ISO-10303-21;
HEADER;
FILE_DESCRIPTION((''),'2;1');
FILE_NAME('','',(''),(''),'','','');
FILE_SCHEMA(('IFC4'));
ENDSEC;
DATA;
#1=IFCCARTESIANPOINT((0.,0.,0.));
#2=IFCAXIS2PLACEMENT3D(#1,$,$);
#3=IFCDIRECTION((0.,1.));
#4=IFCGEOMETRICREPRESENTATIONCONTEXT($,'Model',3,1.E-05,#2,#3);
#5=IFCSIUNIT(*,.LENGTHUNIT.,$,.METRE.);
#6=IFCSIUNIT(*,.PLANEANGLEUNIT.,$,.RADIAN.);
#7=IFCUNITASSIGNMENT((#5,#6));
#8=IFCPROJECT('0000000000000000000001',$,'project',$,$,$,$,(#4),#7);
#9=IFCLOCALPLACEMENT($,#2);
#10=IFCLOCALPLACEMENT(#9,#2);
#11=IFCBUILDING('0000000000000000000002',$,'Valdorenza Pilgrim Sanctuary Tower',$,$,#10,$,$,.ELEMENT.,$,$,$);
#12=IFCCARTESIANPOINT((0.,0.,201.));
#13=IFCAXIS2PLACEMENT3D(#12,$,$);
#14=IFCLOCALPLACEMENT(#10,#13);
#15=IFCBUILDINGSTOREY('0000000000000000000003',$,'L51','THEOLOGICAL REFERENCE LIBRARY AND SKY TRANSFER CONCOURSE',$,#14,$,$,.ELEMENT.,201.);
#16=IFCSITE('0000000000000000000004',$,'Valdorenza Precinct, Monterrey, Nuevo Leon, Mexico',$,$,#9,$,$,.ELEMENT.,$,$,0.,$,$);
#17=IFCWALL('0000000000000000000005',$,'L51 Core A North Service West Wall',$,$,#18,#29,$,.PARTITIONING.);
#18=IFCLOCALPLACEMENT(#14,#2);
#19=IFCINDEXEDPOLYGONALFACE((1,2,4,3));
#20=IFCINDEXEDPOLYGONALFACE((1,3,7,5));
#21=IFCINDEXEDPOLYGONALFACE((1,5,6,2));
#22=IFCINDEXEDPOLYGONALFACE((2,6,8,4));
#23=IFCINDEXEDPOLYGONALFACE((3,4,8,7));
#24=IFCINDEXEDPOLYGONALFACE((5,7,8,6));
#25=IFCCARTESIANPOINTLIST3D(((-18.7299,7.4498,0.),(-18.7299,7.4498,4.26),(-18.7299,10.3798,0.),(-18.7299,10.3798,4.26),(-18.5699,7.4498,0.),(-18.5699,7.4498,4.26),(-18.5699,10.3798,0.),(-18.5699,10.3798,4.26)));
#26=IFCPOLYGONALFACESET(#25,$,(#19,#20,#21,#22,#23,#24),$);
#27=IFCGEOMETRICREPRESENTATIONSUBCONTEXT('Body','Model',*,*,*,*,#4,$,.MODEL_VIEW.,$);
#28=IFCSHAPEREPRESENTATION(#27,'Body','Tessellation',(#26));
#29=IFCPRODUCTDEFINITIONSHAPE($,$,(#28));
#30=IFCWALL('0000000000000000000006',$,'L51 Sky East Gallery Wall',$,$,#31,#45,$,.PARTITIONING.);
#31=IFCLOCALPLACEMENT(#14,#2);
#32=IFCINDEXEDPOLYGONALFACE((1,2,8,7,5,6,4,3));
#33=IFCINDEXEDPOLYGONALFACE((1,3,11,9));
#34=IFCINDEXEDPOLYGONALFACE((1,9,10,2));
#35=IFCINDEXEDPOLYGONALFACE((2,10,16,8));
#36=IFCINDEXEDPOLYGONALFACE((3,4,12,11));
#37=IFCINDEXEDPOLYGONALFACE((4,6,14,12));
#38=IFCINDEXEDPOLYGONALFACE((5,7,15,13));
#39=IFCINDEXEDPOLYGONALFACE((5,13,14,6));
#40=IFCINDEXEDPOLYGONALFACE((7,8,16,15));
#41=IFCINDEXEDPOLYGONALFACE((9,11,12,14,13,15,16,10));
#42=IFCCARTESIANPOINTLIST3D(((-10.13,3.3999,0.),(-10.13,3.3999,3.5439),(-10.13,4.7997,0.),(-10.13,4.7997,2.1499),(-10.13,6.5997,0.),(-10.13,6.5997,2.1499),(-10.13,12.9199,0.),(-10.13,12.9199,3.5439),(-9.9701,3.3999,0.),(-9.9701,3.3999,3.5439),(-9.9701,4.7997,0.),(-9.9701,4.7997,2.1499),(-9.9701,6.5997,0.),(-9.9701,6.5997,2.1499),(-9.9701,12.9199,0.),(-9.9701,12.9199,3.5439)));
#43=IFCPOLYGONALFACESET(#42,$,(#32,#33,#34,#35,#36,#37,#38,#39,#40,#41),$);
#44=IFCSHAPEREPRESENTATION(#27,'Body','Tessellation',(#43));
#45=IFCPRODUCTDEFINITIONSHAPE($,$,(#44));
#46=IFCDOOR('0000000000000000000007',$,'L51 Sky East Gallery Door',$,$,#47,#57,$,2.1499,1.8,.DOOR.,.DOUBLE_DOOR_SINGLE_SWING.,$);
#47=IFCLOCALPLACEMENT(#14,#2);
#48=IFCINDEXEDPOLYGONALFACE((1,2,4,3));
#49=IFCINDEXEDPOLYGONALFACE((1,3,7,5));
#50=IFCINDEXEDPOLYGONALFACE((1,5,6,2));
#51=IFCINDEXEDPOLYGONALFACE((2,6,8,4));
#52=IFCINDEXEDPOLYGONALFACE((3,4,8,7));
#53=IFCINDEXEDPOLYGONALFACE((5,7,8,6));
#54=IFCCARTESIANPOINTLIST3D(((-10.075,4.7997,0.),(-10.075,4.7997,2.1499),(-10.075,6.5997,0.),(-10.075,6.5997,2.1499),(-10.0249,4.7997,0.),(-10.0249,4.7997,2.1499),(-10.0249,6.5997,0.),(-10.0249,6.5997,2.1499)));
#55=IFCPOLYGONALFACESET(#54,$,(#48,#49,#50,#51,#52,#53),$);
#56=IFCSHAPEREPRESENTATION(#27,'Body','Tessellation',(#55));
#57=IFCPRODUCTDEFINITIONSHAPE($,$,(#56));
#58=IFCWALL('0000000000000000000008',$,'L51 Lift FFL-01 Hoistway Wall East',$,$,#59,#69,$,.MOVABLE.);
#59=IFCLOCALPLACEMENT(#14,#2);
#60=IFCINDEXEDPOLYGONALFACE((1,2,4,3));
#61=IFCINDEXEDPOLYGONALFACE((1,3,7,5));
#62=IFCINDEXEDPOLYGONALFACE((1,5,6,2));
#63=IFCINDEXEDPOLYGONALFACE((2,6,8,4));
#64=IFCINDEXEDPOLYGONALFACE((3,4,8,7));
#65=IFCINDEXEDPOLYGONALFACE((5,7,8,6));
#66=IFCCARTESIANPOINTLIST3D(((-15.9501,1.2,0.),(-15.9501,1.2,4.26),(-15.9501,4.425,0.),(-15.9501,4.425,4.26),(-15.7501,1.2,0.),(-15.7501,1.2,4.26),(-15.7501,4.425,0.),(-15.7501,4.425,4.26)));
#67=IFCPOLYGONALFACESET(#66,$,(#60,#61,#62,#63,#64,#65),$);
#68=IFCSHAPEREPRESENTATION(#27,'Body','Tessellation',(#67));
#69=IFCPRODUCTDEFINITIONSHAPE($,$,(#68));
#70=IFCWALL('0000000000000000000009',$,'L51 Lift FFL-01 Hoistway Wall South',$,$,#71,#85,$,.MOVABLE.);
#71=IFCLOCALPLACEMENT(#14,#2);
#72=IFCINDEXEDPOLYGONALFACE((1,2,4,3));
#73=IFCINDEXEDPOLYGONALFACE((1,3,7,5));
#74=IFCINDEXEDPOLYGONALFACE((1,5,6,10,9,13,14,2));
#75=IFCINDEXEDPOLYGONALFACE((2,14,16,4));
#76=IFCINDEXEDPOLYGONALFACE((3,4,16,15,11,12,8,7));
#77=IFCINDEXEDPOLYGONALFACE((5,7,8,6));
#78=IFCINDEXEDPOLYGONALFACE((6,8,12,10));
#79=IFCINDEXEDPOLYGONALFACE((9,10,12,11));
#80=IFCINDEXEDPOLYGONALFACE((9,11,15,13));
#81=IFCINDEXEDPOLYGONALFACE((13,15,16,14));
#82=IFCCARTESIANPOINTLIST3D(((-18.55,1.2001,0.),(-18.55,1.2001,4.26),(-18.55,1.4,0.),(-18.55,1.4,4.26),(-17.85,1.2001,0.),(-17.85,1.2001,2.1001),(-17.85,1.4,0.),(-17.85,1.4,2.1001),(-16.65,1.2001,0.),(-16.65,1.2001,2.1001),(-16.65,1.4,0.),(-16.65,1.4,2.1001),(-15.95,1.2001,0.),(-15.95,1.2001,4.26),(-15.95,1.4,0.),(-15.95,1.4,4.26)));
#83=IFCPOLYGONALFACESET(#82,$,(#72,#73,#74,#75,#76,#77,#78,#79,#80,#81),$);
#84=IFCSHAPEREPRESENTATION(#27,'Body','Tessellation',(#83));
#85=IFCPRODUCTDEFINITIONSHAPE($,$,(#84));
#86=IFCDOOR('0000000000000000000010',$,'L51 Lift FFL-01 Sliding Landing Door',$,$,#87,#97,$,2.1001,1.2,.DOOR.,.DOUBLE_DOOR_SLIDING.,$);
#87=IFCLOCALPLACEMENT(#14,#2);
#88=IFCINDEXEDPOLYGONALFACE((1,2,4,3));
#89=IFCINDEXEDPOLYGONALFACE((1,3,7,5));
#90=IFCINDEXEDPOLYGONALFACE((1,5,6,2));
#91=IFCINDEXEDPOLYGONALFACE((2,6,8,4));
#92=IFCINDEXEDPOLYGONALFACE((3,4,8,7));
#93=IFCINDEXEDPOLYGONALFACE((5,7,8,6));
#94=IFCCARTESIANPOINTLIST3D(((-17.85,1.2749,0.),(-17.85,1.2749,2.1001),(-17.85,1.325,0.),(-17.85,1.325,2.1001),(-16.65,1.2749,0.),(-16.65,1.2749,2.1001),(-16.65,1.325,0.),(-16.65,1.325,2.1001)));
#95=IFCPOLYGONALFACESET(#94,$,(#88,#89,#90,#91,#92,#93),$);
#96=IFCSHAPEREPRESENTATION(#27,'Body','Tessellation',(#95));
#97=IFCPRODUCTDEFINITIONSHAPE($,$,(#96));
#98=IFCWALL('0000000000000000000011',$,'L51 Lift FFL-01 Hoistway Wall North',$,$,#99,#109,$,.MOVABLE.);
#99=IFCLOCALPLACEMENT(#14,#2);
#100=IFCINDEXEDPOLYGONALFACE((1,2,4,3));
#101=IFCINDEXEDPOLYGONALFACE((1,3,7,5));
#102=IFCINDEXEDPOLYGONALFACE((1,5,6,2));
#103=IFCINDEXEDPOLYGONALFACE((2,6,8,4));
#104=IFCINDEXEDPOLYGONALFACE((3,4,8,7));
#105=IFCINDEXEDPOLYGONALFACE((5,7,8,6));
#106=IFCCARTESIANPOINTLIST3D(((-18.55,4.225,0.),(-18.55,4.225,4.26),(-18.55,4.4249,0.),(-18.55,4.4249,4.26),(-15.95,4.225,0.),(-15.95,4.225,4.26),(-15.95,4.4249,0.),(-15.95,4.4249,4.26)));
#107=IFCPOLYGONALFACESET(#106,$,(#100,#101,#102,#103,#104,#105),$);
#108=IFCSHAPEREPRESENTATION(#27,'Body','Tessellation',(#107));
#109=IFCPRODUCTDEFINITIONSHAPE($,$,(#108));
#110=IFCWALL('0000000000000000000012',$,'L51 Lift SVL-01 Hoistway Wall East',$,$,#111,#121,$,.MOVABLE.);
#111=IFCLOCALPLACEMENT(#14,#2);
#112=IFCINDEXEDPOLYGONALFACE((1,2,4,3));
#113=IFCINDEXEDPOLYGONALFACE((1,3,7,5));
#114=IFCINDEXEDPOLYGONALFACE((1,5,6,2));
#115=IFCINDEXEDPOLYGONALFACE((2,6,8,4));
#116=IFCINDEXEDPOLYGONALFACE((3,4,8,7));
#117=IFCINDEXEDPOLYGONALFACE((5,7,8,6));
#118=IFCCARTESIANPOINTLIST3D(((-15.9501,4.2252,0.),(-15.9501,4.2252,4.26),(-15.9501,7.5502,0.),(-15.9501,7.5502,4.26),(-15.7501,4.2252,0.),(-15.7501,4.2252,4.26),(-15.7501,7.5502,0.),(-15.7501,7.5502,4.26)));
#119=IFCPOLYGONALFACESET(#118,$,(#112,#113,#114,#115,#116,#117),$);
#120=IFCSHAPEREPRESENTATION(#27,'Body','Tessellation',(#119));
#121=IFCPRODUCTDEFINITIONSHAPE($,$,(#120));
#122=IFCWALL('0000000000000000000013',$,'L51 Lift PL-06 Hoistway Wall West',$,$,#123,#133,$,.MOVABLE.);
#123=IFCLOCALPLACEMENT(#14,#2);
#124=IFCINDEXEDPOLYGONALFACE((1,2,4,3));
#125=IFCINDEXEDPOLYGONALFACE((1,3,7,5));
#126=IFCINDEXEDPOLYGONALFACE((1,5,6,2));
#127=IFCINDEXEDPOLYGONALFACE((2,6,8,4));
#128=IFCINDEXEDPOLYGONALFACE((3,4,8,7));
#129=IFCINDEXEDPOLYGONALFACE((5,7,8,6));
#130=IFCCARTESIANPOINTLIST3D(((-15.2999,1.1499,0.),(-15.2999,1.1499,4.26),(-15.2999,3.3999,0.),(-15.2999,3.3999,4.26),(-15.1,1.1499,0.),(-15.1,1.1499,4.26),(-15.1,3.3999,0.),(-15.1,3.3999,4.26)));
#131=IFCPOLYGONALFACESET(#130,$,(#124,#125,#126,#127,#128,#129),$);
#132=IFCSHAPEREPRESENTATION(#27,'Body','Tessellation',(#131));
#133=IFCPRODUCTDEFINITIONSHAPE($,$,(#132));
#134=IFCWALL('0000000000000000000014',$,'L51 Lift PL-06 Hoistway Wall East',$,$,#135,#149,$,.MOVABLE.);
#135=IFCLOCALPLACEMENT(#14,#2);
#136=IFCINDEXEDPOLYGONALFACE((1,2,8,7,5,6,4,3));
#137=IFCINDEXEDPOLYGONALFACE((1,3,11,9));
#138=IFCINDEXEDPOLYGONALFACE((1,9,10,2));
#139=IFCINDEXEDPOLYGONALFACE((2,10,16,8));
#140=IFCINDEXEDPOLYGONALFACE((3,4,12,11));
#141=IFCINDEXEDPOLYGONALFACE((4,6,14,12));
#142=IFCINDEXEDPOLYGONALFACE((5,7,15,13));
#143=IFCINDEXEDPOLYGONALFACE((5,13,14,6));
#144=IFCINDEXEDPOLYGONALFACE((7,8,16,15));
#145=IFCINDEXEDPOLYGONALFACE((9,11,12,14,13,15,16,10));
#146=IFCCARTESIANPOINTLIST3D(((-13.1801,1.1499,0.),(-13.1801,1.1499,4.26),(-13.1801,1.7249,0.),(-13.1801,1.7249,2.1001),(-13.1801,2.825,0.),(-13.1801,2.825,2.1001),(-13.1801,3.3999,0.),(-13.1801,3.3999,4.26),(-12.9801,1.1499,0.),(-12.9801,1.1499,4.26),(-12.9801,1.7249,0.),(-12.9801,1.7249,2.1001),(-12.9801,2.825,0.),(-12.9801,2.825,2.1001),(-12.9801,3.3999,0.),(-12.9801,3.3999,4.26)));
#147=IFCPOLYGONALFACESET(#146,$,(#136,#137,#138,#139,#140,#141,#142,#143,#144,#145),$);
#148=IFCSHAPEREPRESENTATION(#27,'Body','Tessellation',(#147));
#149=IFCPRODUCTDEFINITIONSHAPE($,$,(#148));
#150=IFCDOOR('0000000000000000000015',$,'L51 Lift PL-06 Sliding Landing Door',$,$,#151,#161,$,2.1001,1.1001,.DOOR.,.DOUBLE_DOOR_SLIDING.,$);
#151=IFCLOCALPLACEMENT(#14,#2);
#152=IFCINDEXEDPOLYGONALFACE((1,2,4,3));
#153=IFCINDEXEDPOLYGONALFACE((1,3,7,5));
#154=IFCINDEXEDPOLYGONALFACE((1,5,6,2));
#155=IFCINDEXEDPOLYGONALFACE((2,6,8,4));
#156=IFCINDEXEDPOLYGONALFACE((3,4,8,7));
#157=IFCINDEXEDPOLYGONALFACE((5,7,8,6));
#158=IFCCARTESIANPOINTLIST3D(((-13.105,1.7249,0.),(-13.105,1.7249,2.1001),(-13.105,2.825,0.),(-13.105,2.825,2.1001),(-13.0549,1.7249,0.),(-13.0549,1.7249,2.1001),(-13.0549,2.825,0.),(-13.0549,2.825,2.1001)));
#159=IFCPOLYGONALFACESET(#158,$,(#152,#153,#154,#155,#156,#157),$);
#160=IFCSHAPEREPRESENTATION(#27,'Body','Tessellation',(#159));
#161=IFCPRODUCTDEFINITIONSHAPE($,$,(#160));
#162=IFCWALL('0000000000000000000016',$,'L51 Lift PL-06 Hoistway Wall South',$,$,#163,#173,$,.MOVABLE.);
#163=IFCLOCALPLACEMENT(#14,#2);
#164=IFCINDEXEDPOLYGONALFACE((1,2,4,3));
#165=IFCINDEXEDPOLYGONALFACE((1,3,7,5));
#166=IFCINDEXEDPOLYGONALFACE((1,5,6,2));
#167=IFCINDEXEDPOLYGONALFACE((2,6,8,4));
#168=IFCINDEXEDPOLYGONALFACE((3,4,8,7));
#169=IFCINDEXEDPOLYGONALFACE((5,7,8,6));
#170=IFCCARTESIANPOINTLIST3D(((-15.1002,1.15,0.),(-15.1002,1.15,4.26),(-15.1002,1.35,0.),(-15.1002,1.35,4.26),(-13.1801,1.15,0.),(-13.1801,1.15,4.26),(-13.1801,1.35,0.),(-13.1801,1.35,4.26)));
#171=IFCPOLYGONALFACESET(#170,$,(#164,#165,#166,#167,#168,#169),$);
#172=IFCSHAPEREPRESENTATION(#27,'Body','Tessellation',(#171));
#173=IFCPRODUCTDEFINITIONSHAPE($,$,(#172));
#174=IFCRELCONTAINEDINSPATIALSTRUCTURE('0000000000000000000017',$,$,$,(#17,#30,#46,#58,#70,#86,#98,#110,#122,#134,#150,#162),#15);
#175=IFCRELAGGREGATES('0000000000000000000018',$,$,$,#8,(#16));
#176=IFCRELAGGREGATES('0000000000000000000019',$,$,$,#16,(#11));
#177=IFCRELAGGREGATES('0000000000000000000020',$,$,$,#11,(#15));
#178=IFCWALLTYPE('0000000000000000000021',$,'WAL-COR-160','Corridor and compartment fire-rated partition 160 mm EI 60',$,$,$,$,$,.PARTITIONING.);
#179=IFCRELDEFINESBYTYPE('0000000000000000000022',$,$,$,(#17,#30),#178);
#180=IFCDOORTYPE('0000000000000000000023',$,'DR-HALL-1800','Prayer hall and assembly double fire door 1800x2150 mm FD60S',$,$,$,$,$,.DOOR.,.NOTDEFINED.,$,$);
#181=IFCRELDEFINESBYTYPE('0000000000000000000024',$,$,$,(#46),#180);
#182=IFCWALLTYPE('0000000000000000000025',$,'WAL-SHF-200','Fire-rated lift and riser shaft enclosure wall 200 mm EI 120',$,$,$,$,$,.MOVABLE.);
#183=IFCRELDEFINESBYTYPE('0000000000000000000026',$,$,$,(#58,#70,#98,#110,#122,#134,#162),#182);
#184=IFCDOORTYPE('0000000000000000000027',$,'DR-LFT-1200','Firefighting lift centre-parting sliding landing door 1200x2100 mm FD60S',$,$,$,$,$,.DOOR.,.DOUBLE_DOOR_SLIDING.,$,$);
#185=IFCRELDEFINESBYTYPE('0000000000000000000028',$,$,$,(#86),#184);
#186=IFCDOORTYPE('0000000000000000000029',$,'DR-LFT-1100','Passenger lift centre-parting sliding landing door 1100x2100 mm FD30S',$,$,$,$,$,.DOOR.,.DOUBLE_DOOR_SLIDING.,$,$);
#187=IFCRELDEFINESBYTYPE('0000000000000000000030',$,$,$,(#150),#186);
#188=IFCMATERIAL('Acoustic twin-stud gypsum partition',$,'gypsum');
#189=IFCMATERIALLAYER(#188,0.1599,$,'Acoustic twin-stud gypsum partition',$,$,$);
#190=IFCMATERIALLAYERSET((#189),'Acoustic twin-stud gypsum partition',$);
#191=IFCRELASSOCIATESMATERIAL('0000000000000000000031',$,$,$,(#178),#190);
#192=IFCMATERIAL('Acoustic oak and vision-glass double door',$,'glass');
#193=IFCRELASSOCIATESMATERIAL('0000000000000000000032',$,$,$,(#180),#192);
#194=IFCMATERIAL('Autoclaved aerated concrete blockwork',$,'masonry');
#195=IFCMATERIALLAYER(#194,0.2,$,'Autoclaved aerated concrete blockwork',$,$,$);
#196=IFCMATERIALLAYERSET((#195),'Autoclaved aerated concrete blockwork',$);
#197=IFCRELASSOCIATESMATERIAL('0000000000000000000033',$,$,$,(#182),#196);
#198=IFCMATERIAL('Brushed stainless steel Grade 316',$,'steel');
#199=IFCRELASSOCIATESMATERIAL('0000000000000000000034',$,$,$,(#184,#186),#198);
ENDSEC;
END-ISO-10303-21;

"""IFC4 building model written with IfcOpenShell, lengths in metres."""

from ifc_helpers import new_model, si_unit, direction, frame, frame_2d, origin, place, context, subcontext, project, spatial, rectangle, extrude, material, layer, layer_set, type_object, element, fill, save


model = new_model("IFC4")

# Units and contexts
model_context = context("Model", 3, precision=1e-05, world=origin(), true_north=direction((0.0, 1.0)))
body_context = subcontext(model_context, "Body", "Model", "MODEL_VIEW")
ifc_project = project(units=[si_unit("LENGTHUNIT", "METRE"), si_unit("PLANEANGLEUNIT", "RADIAN")], contexts=[model_context])

# Site, building, storey
site_placement = place(None, origin())
site = spatial("IfcSite", under=ifc_project, at=site_placement, Name="Valdorenza Precinct, Monterrey, Nuevo Leon, Mexico", CompositionType="ELEMENT", RefElevation=0.0)
building_placement = place(site_placement, origin())
building = spatial("IfcBuilding", under=site, at=building_placement, Name="Valdorenza Pilgrim Sanctuary Tower", CompositionType="ELEMENT")
storey_placement = place(building_placement, frame((0.0, 0.0, 201.0)))
storey = spatial("IfcBuildingStorey", under=building, at=storey_placement, Name="L51", Description="THEOLOGICAL REFERENCE LIBRARY AND SKY TRANSFER CONCOURSE", CompositionType="ELEMENT", Elevation=201.0)

# Wall
ifc_material_1 = material(Name="Acoustic twin-stud gypsum partition", Category="gypsum")
ifc_layer_1 = layer(ifc_material_1, 0.1599, Name="Acoustic twin-stud gypsum partition")
ifc_layer_set_1 = layer_set([ifc_layer_1], Name="Acoustic twin-stud gypsum partition")
wall_type_1 = type_object("IfcWallType", Name="WAL-COR-160", Description="Corridor and compartment fire-rated partition 160 mm EI 60", PredefinedType="PARTITIONING", material=ifc_layer_set_1)
wall_1_placement = place(storey_placement, frame((-18.6499, 7.45, 0.0), z_axis=(0.0, 0.0, 1.0), x_axis=(0.0, 1.0, 0.0)))
element("IfcWall", 1, at=wall_1_placement, inside=storey, type_object=wall_type_1, Name="L51 Core A North Service West Wall", PredefinedType="PARTITIONING", context=body_context, shape_type="SweptSolid", body=[
    extrude(rectangle(XDim=2.9299, YDim=0.1599, at=frame_2d((1.4648, 0.0))), origin(), (0.0, 0.0, 1.0), 4.26),
])

# Wall, opening, door
wall_2_placement = place(storey_placement, frame((-10.05, 3.3999, 0.0), z_axis=(0.0, 0.0, 1.0), x_axis=(0.0, 1.0, 0.0)))
wall_2 = element("IfcWall", 2, at=wall_2_placement, inside=storey, type_object=wall_type_1, Name="L51 Sky East Gallery Wall", PredefinedType="PARTITIONING", context=body_context, shape_type="SweptSolid", body=[
    extrude(rectangle(XDim=9.52, YDim=0.1599, at=frame_2d((4.76, 0.0))), origin(), (0.0, 0.0, 1.0), 3.5439),
])
opening_1_placement = place(wall_2_placement, frame((1.3999, 0.0, 0.0)))
opening_1 = element("IfcOpeningElement", 3, at=opening_1_placement, cuts=wall_2, PredefinedType="OPENING", context=body_context, shape_type="SweptSolid", body=[
    extrude(rectangle(XDim=1.8, YDim=2.1499, at=frame_2d((0.8999, 1.075))), frame((0.0, 0.0947, 0.0), z_axis=(0.0, -1.0, 0.0), x_axis=(1.0, 0.0, 0.0)), (0.0, 0.0, 1.0), 0.1897),
])
ifc_material_2 = material(Name="Acoustic oak and vision-glass double door", Category="glass")
door_type_1 = type_object("IfcDoorType", Name="DR-HALL-1800", Description="Prayer hall and assembly double fire door 1800x2150 mm FD60S", OperationType="NOTDEFINED", PredefinedType="DOOR", material=ifc_material_2)
door_1_placement = place(opening_1_placement, origin())
door_1 = element("IfcDoor", 4, at=door_1_placement, inside=storey, type_object=door_type_1, Name="L51 Sky East Gallery Door", OperationType="DOUBLE_DOOR_SINGLE_SWING", OverallHeight=2.1499, OverallWidth=1.8, PredefinedType="DOOR", context=body_context, shape_type="SweptSolid", body=[
    extrude(rectangle(XDim=1.8, YDim=2.1499, at=frame_2d((0.8999, 1.075))), frame((0.0, 0.0249, 0.0), z_axis=(0.0, -1.0, 0.0), x_axis=(1.0, 0.0, 0.0)), (0.0, 0.0, 1.0), 0.05),
])
fill(opening_1, door_1)

# Wall
ifc_material_3 = material(Name="Autoclaved aerated concrete blockwork", Category="masonry")
ifc_layer_2 = layer(ifc_material_3, 0.2, Name="Autoclaved aerated concrete blockwork")
ifc_layer_set_2 = layer_set([ifc_layer_2], Name="Autoclaved aerated concrete blockwork")
wall_type_2 = type_object("IfcWallType", Name="WAL-SHF-200", Description="Fire-rated lift and riser shaft enclosure wall 200 mm EI 120", PredefinedType="MOVABLE", material=ifc_layer_set_2)
wall_3_placement = place(storey_placement, frame((-15.8501, 1.2, 0.0), z_axis=(0.0, 0.0, 1.0), x_axis=(0.0, 1.0, 0.0)))
element("IfcWall", 5, at=wall_3_placement, inside=storey, type_object=wall_type_2, Name="L51 Lift FFL-01 Hoistway Wall East", PredefinedType="MOVABLE", context=body_context, shape_type="SweptSolid", body=[
    extrude(rectangle(XDim=3.2251, YDim=0.2, at=frame_2d((1.6125, 0.0))), origin(), (0.0, 0.0, 1.0), 4.26),
])

# Wall, opening, door
wall_4_placement = place(storey_placement, frame((-18.55, 1.3, 0.0), z_axis=(0.0, 0.0, 1.0), x_axis=(1.0, 0.0, 0.0)))
wall_4 = element("IfcWall", 6, at=wall_4_placement, inside=storey, type_object=wall_type_2, Name="L51 Lift FFL-01 Hoistway Wall South", PredefinedType="MOVABLE", context=body_context, shape_type="SweptSolid", body=[
    extrude(rectangle(XDim=2.6001, YDim=0.2, at=frame_2d((1.3, 0.0))), origin(), (0.0, 0.0, 1.0), 4.26),
])
opening_2_placement = place(wall_4_placement, frame((0.7, 0.0, 0.0)))
opening_2 = element("IfcOpeningElement", 7, at=opening_2_placement, cuts=wall_4, PredefinedType="OPENING", context=body_context, shape_type="SweptSolid", body=[
    extrude(rectangle(XDim=1.2, YDim=2.1001, at=frame_2d((0.6001, 1.05))), frame((0.0, 0.1147, 0.0), z_axis=(0.0, -1.0, 0.0), x_axis=(1.0, 0.0, 0.0)), (0.0, 0.0, 1.0), 0.2297),
])
ifc_material_4 = material(Name="Brushed stainless steel Grade 316", Category="steel")
door_type_2 = type_object("IfcDoorType", Name="DR-LFT-1200", Description="Firefighting lift centre-parting sliding landing door 1200x2100 mm FD60S", OperationType="DOUBLE_DOOR_SLIDING", PredefinedType="DOOR", material=ifc_material_4)
door_2_placement = place(opening_2_placement, origin())
door_2 = element("IfcDoor", 8, at=door_2_placement, inside=storey, type_object=door_type_2, Name="L51 Lift FFL-01 Sliding Landing Door", OperationType="DOUBLE_DOOR_SLIDING", OverallHeight=2.1001, OverallWidth=1.2, PredefinedType="DOOR", context=body_context, shape_type="SweptSolid", body=[
    extrude(rectangle(XDim=1.2, YDim=2.1001, at=frame_2d((0.6001, 1.05))), frame((0.0, 0.0249, 0.0), z_axis=(0.0, -1.0, 0.0), x_axis=(1.0, 0.0, 0.0)), (0.0, 0.0, 1.0), 0.05),
])
fill(opening_2, door_2)

# Walls
wall_5_placement = place(storey_placement, frame((-18.55, 4.325, 0.0), z_axis=(0.0, 0.0, 1.0), x_axis=(1.0, 0.0, 0.0)))
element("IfcWall", 9, at=wall_5_placement, inside=storey, type_object=wall_type_2, Name="L51 Lift FFL-01 Hoistway Wall North", PredefinedType="MOVABLE", context=body_context, shape_type="SweptSolid", body=[
    extrude(rectangle(XDim=2.6001, YDim=0.2, at=frame_2d((1.3, 0.0))), origin(), (0.0, 0.0, 1.0), 4.26),
])
wall_6_placement = place(storey_placement, frame((-15.8501, 4.2251, 0.0), z_axis=(0.0, 0.0, 1.0), x_axis=(0.0, 1.0, 0.0)))
element("IfcWall", 10, at=wall_6_placement, inside=storey, type_object=wall_type_2, Name="L51 Lift SVL-01 Hoistway Wall East", PredefinedType="MOVABLE", context=body_context, shape_type="SweptSolid", body=[
    extrude(rectangle(XDim=3.325, YDim=0.2, at=frame_2d((1.6626, 0.0))), origin(), (0.0, 0.0, 1.0), 4.26),
])
wall_7_placement = place(storey_placement, frame((-15.2, 1.1499, 0.0), z_axis=(0.0, 0.0, 1.0), x_axis=(0.0, 1.0, 0.0)))
element("IfcWall", 11, at=wall_7_placement, inside=storey, type_object=wall_type_2, Name="L51 Lift PL-06 Hoistway Wall West", PredefinedType="MOVABLE", context=body_context, shape_type="SweptSolid", body=[
    extrude(rectangle(XDim=2.25, YDim=0.2, at=frame_2d((1.125, 0.0))), origin(), (0.0, 0.0, 1.0), 4.26),
])

# Wall, opening, door
wall_8_placement = place(storey_placement, frame((-13.0801, 1.1499, 0.0), z_axis=(0.0, 0.0, 1.0), x_axis=(0.0, 1.0, 0.0)))
wall_8 = element("IfcWall", 12, at=wall_8_placement, inside=storey, type_object=wall_type_2, Name="L51 Lift PL-06 Hoistway Wall East", PredefinedType="MOVABLE", context=body_context, shape_type="SweptSolid", body=[
    extrude(rectangle(XDim=2.25, YDim=0.2, at=frame_2d((1.125, 0.0))), origin(), (0.0, 0.0, 1.0), 4.26),
])
opening_3_placement = place(wall_8_placement, frame((0.575, 0.0, 0.0)))
opening_3 = element("IfcOpeningElement", 13, at=opening_3_placement, cuts=wall_8, PredefinedType="OPENING", context=body_context, shape_type="SweptSolid", body=[
    extrude(rectangle(XDim=1.1001, YDim=2.1001, at=frame_2d((0.55, 1.05))), frame((0.0, 0.1147, 0.0), z_axis=(0.0, -1.0, 0.0), x_axis=(1.0, 0.0, 0.0)), (0.0, 0.0, 1.0), 0.2297),
])
door_type_3 = type_object("IfcDoorType", Name="DR-LFT-1100", Description="Passenger lift centre-parting sliding landing door 1100x2100 mm FD30S", OperationType="DOUBLE_DOOR_SLIDING", PredefinedType="DOOR", material=ifc_material_4)
door_3_placement = place(opening_3_placement, origin())
door_3 = element("IfcDoor", 14, at=door_3_placement, inside=storey, type_object=door_type_3, Name="L51 Lift PL-06 Sliding Landing Door", OperationType="DOUBLE_DOOR_SLIDING", OverallHeight=2.1001, OverallWidth=1.1001, PredefinedType="DOOR", context=body_context, shape_type="SweptSolid", body=[
    extrude(rectangle(XDim=1.1001, YDim=2.1001, at=frame_2d((0.55, 1.05))), frame((0.0, 0.0249, 0.0), z_axis=(0.0, -1.0, 0.0), x_axis=(1.0, 0.0, 0.0)), (0.0, 0.0, 1.0), 0.05),
])
fill(opening_3, door_3)

# Wall
wall_9_placement = place(storey_placement, frame((-15.1001, 1.25, 0.0), z_axis=(0.0, 0.0, 1.0), x_axis=(1.0, 0.0, 0.0)))
element("IfcWall", 15, at=wall_9_placement, inside=storey, type_object=wall_type_2, Name="L51 Lift PL-06 Hoistway Wall South", PredefinedType="MOVABLE", context=body_context, shape_type="SweptSolid", body=[
    extrude(rectangle(XDim=1.9202, YDim=0.2, at=frame_2d((0.96, 0.0))), origin(), (0.0, 0.0, 1.0), 4.26),
])

save(model, "model.ifc")
